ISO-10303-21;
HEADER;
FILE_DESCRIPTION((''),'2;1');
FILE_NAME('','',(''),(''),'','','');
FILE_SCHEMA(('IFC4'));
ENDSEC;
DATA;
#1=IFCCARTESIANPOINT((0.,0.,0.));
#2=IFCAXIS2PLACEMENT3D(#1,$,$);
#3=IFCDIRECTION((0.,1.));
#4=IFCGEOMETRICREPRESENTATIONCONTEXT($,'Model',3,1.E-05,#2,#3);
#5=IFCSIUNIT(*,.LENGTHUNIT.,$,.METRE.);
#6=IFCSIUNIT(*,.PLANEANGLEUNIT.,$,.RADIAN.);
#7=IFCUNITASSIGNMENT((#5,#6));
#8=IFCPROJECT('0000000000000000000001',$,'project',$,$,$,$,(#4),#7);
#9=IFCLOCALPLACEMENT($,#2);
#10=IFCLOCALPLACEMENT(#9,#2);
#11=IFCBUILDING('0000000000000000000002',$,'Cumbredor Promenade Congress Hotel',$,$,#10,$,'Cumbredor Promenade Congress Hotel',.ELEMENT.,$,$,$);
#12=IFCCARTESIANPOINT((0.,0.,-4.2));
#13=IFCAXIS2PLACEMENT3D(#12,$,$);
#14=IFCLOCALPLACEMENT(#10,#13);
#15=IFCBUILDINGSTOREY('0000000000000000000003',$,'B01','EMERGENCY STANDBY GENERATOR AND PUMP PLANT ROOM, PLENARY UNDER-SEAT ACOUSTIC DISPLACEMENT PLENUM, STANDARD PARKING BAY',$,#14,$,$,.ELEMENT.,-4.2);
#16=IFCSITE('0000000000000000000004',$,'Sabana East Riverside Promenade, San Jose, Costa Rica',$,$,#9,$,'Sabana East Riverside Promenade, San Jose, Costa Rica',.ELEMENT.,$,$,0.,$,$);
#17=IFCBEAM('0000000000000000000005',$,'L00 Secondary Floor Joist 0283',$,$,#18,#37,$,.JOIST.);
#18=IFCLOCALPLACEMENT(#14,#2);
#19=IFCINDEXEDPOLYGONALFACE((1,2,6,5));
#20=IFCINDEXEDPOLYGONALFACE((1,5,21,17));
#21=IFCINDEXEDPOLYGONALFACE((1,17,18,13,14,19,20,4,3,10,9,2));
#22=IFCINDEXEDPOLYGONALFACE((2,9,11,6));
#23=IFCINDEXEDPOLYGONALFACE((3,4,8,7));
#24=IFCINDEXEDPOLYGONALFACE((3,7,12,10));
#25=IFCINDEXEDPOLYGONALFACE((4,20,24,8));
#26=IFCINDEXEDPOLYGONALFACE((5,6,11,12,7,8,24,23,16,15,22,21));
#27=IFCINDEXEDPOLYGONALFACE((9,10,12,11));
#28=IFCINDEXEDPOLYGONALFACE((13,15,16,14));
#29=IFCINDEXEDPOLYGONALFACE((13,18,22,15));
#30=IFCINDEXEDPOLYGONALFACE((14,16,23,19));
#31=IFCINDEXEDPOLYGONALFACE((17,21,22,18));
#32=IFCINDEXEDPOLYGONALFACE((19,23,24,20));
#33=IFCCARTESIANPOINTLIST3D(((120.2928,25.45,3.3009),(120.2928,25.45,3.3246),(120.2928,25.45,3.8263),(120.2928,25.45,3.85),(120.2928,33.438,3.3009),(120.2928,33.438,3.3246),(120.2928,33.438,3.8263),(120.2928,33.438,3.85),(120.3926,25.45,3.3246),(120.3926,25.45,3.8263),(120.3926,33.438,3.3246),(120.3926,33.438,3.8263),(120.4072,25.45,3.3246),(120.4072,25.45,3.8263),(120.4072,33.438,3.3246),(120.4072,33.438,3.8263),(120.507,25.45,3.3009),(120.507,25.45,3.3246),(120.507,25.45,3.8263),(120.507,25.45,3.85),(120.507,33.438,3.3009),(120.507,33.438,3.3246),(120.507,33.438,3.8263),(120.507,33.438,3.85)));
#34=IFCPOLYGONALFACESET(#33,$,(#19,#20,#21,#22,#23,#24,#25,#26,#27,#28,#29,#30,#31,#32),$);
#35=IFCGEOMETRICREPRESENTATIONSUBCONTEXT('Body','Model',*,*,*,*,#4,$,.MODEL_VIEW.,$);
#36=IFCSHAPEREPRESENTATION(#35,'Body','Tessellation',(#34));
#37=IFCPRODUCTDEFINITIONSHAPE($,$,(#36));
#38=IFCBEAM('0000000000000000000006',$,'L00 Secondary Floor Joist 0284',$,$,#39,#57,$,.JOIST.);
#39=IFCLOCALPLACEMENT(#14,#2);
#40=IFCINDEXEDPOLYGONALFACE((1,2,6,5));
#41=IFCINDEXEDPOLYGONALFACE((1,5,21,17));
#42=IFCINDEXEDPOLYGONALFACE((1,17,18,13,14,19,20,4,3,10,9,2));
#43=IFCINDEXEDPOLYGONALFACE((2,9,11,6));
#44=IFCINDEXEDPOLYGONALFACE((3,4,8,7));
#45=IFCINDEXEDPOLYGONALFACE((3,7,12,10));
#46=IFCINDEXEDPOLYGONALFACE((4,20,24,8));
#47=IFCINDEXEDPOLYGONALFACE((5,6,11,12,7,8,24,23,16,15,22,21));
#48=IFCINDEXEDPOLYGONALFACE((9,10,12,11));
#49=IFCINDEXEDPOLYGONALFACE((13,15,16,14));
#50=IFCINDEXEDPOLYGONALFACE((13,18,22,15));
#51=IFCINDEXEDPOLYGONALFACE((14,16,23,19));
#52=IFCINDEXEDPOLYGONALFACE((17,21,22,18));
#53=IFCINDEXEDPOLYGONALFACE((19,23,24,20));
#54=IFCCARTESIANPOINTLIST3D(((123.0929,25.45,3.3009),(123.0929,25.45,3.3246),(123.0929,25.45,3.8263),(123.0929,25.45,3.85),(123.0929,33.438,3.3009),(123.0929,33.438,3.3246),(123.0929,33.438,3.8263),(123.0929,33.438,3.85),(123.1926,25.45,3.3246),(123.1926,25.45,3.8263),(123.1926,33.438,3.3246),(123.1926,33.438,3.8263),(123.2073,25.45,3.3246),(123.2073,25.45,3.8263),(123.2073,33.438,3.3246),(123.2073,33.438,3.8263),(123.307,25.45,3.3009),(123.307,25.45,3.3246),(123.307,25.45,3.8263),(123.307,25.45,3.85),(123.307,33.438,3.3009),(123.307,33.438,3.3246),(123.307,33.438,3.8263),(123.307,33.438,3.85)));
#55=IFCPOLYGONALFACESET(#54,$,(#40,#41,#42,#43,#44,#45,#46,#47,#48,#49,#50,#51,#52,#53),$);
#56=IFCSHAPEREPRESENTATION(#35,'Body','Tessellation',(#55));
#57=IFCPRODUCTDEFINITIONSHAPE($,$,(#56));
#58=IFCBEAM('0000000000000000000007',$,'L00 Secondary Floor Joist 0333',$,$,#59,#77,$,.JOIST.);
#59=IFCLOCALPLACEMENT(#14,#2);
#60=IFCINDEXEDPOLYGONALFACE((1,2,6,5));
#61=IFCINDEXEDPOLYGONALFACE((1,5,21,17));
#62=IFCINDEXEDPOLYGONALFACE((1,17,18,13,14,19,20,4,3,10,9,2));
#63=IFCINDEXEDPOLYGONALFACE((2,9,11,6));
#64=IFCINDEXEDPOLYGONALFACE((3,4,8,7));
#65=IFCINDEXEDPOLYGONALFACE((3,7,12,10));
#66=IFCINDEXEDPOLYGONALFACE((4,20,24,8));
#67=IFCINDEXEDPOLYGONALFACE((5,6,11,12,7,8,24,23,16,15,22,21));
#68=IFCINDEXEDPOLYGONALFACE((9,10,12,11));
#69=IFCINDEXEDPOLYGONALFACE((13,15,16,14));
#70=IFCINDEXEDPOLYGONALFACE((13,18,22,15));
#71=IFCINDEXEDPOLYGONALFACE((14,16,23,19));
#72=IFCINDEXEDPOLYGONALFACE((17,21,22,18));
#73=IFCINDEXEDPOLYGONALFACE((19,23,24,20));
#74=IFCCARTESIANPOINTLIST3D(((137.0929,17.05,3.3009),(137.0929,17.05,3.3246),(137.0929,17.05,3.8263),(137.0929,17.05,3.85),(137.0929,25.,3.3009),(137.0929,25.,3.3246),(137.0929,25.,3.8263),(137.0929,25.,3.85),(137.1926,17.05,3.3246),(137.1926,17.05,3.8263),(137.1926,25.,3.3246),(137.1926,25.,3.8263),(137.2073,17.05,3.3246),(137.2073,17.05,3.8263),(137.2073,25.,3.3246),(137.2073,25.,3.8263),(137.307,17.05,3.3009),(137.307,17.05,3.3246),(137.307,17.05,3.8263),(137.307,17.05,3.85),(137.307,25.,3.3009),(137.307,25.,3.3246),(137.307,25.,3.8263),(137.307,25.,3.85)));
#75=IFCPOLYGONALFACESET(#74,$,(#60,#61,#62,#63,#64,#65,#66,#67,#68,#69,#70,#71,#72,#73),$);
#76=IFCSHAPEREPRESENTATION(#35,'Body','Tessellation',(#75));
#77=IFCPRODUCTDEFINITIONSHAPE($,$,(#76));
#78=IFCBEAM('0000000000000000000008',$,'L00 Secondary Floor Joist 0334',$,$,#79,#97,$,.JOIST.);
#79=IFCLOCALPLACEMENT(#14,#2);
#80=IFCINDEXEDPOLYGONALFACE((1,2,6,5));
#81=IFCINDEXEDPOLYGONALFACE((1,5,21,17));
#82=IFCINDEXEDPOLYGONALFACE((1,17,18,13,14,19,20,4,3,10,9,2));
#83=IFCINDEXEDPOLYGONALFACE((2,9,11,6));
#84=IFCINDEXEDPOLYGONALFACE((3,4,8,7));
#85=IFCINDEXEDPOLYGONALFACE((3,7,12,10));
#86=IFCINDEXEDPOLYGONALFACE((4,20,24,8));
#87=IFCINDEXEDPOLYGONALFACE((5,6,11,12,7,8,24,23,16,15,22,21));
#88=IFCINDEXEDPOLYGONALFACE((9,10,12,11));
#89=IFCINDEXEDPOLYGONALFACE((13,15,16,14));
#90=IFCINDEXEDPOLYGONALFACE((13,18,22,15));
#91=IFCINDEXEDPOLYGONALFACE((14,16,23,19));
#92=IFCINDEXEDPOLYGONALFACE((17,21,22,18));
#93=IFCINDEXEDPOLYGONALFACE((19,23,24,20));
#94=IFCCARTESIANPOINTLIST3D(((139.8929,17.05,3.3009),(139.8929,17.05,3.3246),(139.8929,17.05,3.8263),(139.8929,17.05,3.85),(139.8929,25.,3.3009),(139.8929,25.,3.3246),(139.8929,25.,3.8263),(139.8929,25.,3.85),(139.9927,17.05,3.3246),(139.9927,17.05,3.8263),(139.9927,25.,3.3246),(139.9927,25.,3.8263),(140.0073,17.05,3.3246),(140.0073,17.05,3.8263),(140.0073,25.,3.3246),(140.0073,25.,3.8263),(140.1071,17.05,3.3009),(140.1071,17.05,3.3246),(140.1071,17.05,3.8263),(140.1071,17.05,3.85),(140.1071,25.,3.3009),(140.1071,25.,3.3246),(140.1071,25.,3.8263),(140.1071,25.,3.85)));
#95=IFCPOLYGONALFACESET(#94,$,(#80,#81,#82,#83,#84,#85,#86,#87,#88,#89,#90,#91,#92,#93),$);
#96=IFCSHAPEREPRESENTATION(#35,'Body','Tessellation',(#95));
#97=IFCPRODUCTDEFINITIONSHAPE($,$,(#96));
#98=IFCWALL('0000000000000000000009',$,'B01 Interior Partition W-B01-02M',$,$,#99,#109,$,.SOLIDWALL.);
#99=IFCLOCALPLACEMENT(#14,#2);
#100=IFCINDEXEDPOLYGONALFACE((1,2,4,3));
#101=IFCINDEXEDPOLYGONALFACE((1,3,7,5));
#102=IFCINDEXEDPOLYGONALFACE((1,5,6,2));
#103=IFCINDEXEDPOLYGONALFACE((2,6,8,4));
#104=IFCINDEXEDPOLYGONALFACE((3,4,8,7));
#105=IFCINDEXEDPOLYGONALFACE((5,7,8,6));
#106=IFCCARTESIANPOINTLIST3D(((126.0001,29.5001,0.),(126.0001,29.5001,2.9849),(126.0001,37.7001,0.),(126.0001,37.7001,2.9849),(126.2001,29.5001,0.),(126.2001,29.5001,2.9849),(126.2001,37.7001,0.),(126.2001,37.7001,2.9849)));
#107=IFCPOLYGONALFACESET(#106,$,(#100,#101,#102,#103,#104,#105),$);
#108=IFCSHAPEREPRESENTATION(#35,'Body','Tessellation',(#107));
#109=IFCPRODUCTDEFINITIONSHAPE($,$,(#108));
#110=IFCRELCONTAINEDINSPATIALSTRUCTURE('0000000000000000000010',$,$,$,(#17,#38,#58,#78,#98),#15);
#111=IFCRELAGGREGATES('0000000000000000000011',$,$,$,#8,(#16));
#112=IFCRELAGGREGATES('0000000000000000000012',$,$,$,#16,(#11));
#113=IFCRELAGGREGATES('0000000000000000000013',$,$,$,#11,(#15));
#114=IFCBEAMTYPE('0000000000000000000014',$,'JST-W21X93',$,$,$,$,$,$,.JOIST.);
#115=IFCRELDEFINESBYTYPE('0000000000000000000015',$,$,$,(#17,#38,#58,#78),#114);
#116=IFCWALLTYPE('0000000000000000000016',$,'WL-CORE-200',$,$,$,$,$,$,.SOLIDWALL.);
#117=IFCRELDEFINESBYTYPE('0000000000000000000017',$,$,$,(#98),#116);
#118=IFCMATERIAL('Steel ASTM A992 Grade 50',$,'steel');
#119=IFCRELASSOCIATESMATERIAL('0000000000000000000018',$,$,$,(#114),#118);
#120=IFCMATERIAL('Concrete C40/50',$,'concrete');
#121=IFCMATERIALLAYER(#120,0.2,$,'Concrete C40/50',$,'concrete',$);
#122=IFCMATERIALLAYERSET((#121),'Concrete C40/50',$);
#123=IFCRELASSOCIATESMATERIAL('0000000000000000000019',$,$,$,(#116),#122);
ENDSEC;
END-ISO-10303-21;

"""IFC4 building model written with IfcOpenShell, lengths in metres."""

from ifc_helpers import new_model, si_unit, direction, frame, frame_2d, origin, origin_2d, place, context, subcontext, project, spatial, rectangle, i_section, extrude, material, layer, layer_set, material_profile, profile_set, type_object, element, save


model = new_model("IFC4")

# Units and contexts
model_context = context("Model", 3, precision=1e-05, world=origin(), true_north=direction((0.0, 1.0)))
body_context = subcontext(model_context, "Body", "Model", "MODEL_VIEW")
ifc_project = project(units=[si_unit("LENGTHUNIT", "METRE"), si_unit("PLANEANGLEUNIT", "RADIAN")], contexts=[model_context])

# Site, building, storey
site_placement = place(None, origin())
site = spatial("IfcSite", under=ifc_project, at=site_placement, Name="Sabana East Riverside Promenade, San Jose, Costa Rica", LongName="Sabana East Riverside Promenade, San Jose, Costa Rica", CompositionType="ELEMENT", RefElevation=0.0)
building_placement = place(site_placement, origin())
building = spatial("IfcBuilding", under=site, at=building_placement, Name="Cumbredor Promenade Congress Hotel", LongName="Cumbredor Promenade Congress Hotel", CompositionType="ELEMENT")
storey_placement = place(building_placement, frame((0.0, 0.0, -4.2)))
storey = spatial("IfcBuildingStorey", under=building, at=storey_placement, Name="B01", Description="EMERGENCY STANDBY GENERATOR AND PUMP PLANT ROOM, PLENARY UNDER-SEAT ACOUSTIC DISPLACEMENT PLENUM, STANDARD PARKING BAY", CompositionType="ELEMENT", Elevation=-4.2)

# Beams
ifc_material_1 = material(Name="Concrete C40/50", Category="concrete")
ifc_material_2 = material(Name="Steel ASTM A992 Grade 50", Category="steel")
ifc_material_profile_1 = material_profile(ifc_material_2, i_section(OverallWidth=0.2141, OverallDepth=0.5491, WebThickness=0.0146, FlangeThickness=0.0237, at=origin_2d()), Name="W21X93")
ifc_profile_set_1 = profile_set([ifc_material_profile_1], Name="Steel ASTM A992 Grade 50")
beam_type_1 = type_object("IfcBeamType", Name="JST-W21X93", PredefinedType="JOIST", material=ifc_profile_set_1)
for number, where, z_axis, x_axis, name in (
    (1, (120.3999, 25.45, 3.5754), (0.0, 1.0, 0.0), (-1.0, 0.0, 0.0), "L00 Secondary Floor Joist 0283"),
    (2, (123.2, 25.45, 3.5754), (0.0, 1.0, 0.0), (-1.0, 0.0, 0.0), "L00 Secondary Floor Joist 0284"),
):
    element("IfcBeam", number, at=place(storey_placement, frame(where, z_axis=z_axis, x_axis=x_axis)), inside=storey, type_object=beam_type_1, Name=name, PredefinedType="JOIST", context=body_context, shape_type="SweptSolid", body=[
        extrude(i_section(OverallWidth=0.2141, OverallDepth=0.5491, WebThickness=0.0146, FlangeThickness=0.0237, at=origin_2d()), origin(), (0.0, 0.0, 1.0), 7.988),
    ])
for number, where, z_axis, x_axis, name in (
    (3, (137.2, 17.05, 3.5754), (0.0, 1.0, 0.0), (-1.0, 0.0, 0.0), "L00 Secondary Floor Joist 0333"),
    (4, (140.0, 17.05, 3.5754), (0.0, 1.0, 0.0), (-1.0, 0.0, 0.0), "L00 Secondary Floor Joist 0334"),
):
    element("IfcBeam", number, at=place(storey_placement, frame(where, z_axis=z_axis, x_axis=x_axis)), inside=storey, type_object=beam_type_1, Name=name, PredefinedType="JOIST", context=body_context, shape_type="SweptSolid", body=[
        extrude(i_section(OverallWidth=0.2141, OverallDepth=0.5491, WebThickness=0.0146, FlangeThickness=0.0237, at=origin_2d()), origin(), (0.0, 0.0, 1.0), 7.95),
    ])

# Wall
ifc_layer = layer(ifc_material_1, 0.2, Name="Concrete C40/50", Category="concrete")
ifc_layer_set = layer_set([ifc_layer], Name="Concrete C40/50")
wall_type = type_object("IfcWallType", Name="WL-CORE-200", PredefinedType="SOLIDWALL", material=ifc_layer_set)
wall_placement = place(storey_placement, frame((126.1001, 29.5, 0.0), z_axis=(0.0, 0.0, 1.0), x_axis=(0.0, 1.0, 0.0)))
element("IfcWall", 5, at=wall_placement, inside=storey, type_object=wall_type, Name="B01 Interior Partition W-B01-02M", PredefinedType="SOLIDWALL", context=body_context, shape_type="SweptSolid", body=[
    extrude(rectangle(XDim=8.2, YDim=0.2, at=frame_2d((4.1001, 0.0))), origin(), (0.0, 0.0, 1.0), 2.9849),
])

save(model, "model.ifc")
